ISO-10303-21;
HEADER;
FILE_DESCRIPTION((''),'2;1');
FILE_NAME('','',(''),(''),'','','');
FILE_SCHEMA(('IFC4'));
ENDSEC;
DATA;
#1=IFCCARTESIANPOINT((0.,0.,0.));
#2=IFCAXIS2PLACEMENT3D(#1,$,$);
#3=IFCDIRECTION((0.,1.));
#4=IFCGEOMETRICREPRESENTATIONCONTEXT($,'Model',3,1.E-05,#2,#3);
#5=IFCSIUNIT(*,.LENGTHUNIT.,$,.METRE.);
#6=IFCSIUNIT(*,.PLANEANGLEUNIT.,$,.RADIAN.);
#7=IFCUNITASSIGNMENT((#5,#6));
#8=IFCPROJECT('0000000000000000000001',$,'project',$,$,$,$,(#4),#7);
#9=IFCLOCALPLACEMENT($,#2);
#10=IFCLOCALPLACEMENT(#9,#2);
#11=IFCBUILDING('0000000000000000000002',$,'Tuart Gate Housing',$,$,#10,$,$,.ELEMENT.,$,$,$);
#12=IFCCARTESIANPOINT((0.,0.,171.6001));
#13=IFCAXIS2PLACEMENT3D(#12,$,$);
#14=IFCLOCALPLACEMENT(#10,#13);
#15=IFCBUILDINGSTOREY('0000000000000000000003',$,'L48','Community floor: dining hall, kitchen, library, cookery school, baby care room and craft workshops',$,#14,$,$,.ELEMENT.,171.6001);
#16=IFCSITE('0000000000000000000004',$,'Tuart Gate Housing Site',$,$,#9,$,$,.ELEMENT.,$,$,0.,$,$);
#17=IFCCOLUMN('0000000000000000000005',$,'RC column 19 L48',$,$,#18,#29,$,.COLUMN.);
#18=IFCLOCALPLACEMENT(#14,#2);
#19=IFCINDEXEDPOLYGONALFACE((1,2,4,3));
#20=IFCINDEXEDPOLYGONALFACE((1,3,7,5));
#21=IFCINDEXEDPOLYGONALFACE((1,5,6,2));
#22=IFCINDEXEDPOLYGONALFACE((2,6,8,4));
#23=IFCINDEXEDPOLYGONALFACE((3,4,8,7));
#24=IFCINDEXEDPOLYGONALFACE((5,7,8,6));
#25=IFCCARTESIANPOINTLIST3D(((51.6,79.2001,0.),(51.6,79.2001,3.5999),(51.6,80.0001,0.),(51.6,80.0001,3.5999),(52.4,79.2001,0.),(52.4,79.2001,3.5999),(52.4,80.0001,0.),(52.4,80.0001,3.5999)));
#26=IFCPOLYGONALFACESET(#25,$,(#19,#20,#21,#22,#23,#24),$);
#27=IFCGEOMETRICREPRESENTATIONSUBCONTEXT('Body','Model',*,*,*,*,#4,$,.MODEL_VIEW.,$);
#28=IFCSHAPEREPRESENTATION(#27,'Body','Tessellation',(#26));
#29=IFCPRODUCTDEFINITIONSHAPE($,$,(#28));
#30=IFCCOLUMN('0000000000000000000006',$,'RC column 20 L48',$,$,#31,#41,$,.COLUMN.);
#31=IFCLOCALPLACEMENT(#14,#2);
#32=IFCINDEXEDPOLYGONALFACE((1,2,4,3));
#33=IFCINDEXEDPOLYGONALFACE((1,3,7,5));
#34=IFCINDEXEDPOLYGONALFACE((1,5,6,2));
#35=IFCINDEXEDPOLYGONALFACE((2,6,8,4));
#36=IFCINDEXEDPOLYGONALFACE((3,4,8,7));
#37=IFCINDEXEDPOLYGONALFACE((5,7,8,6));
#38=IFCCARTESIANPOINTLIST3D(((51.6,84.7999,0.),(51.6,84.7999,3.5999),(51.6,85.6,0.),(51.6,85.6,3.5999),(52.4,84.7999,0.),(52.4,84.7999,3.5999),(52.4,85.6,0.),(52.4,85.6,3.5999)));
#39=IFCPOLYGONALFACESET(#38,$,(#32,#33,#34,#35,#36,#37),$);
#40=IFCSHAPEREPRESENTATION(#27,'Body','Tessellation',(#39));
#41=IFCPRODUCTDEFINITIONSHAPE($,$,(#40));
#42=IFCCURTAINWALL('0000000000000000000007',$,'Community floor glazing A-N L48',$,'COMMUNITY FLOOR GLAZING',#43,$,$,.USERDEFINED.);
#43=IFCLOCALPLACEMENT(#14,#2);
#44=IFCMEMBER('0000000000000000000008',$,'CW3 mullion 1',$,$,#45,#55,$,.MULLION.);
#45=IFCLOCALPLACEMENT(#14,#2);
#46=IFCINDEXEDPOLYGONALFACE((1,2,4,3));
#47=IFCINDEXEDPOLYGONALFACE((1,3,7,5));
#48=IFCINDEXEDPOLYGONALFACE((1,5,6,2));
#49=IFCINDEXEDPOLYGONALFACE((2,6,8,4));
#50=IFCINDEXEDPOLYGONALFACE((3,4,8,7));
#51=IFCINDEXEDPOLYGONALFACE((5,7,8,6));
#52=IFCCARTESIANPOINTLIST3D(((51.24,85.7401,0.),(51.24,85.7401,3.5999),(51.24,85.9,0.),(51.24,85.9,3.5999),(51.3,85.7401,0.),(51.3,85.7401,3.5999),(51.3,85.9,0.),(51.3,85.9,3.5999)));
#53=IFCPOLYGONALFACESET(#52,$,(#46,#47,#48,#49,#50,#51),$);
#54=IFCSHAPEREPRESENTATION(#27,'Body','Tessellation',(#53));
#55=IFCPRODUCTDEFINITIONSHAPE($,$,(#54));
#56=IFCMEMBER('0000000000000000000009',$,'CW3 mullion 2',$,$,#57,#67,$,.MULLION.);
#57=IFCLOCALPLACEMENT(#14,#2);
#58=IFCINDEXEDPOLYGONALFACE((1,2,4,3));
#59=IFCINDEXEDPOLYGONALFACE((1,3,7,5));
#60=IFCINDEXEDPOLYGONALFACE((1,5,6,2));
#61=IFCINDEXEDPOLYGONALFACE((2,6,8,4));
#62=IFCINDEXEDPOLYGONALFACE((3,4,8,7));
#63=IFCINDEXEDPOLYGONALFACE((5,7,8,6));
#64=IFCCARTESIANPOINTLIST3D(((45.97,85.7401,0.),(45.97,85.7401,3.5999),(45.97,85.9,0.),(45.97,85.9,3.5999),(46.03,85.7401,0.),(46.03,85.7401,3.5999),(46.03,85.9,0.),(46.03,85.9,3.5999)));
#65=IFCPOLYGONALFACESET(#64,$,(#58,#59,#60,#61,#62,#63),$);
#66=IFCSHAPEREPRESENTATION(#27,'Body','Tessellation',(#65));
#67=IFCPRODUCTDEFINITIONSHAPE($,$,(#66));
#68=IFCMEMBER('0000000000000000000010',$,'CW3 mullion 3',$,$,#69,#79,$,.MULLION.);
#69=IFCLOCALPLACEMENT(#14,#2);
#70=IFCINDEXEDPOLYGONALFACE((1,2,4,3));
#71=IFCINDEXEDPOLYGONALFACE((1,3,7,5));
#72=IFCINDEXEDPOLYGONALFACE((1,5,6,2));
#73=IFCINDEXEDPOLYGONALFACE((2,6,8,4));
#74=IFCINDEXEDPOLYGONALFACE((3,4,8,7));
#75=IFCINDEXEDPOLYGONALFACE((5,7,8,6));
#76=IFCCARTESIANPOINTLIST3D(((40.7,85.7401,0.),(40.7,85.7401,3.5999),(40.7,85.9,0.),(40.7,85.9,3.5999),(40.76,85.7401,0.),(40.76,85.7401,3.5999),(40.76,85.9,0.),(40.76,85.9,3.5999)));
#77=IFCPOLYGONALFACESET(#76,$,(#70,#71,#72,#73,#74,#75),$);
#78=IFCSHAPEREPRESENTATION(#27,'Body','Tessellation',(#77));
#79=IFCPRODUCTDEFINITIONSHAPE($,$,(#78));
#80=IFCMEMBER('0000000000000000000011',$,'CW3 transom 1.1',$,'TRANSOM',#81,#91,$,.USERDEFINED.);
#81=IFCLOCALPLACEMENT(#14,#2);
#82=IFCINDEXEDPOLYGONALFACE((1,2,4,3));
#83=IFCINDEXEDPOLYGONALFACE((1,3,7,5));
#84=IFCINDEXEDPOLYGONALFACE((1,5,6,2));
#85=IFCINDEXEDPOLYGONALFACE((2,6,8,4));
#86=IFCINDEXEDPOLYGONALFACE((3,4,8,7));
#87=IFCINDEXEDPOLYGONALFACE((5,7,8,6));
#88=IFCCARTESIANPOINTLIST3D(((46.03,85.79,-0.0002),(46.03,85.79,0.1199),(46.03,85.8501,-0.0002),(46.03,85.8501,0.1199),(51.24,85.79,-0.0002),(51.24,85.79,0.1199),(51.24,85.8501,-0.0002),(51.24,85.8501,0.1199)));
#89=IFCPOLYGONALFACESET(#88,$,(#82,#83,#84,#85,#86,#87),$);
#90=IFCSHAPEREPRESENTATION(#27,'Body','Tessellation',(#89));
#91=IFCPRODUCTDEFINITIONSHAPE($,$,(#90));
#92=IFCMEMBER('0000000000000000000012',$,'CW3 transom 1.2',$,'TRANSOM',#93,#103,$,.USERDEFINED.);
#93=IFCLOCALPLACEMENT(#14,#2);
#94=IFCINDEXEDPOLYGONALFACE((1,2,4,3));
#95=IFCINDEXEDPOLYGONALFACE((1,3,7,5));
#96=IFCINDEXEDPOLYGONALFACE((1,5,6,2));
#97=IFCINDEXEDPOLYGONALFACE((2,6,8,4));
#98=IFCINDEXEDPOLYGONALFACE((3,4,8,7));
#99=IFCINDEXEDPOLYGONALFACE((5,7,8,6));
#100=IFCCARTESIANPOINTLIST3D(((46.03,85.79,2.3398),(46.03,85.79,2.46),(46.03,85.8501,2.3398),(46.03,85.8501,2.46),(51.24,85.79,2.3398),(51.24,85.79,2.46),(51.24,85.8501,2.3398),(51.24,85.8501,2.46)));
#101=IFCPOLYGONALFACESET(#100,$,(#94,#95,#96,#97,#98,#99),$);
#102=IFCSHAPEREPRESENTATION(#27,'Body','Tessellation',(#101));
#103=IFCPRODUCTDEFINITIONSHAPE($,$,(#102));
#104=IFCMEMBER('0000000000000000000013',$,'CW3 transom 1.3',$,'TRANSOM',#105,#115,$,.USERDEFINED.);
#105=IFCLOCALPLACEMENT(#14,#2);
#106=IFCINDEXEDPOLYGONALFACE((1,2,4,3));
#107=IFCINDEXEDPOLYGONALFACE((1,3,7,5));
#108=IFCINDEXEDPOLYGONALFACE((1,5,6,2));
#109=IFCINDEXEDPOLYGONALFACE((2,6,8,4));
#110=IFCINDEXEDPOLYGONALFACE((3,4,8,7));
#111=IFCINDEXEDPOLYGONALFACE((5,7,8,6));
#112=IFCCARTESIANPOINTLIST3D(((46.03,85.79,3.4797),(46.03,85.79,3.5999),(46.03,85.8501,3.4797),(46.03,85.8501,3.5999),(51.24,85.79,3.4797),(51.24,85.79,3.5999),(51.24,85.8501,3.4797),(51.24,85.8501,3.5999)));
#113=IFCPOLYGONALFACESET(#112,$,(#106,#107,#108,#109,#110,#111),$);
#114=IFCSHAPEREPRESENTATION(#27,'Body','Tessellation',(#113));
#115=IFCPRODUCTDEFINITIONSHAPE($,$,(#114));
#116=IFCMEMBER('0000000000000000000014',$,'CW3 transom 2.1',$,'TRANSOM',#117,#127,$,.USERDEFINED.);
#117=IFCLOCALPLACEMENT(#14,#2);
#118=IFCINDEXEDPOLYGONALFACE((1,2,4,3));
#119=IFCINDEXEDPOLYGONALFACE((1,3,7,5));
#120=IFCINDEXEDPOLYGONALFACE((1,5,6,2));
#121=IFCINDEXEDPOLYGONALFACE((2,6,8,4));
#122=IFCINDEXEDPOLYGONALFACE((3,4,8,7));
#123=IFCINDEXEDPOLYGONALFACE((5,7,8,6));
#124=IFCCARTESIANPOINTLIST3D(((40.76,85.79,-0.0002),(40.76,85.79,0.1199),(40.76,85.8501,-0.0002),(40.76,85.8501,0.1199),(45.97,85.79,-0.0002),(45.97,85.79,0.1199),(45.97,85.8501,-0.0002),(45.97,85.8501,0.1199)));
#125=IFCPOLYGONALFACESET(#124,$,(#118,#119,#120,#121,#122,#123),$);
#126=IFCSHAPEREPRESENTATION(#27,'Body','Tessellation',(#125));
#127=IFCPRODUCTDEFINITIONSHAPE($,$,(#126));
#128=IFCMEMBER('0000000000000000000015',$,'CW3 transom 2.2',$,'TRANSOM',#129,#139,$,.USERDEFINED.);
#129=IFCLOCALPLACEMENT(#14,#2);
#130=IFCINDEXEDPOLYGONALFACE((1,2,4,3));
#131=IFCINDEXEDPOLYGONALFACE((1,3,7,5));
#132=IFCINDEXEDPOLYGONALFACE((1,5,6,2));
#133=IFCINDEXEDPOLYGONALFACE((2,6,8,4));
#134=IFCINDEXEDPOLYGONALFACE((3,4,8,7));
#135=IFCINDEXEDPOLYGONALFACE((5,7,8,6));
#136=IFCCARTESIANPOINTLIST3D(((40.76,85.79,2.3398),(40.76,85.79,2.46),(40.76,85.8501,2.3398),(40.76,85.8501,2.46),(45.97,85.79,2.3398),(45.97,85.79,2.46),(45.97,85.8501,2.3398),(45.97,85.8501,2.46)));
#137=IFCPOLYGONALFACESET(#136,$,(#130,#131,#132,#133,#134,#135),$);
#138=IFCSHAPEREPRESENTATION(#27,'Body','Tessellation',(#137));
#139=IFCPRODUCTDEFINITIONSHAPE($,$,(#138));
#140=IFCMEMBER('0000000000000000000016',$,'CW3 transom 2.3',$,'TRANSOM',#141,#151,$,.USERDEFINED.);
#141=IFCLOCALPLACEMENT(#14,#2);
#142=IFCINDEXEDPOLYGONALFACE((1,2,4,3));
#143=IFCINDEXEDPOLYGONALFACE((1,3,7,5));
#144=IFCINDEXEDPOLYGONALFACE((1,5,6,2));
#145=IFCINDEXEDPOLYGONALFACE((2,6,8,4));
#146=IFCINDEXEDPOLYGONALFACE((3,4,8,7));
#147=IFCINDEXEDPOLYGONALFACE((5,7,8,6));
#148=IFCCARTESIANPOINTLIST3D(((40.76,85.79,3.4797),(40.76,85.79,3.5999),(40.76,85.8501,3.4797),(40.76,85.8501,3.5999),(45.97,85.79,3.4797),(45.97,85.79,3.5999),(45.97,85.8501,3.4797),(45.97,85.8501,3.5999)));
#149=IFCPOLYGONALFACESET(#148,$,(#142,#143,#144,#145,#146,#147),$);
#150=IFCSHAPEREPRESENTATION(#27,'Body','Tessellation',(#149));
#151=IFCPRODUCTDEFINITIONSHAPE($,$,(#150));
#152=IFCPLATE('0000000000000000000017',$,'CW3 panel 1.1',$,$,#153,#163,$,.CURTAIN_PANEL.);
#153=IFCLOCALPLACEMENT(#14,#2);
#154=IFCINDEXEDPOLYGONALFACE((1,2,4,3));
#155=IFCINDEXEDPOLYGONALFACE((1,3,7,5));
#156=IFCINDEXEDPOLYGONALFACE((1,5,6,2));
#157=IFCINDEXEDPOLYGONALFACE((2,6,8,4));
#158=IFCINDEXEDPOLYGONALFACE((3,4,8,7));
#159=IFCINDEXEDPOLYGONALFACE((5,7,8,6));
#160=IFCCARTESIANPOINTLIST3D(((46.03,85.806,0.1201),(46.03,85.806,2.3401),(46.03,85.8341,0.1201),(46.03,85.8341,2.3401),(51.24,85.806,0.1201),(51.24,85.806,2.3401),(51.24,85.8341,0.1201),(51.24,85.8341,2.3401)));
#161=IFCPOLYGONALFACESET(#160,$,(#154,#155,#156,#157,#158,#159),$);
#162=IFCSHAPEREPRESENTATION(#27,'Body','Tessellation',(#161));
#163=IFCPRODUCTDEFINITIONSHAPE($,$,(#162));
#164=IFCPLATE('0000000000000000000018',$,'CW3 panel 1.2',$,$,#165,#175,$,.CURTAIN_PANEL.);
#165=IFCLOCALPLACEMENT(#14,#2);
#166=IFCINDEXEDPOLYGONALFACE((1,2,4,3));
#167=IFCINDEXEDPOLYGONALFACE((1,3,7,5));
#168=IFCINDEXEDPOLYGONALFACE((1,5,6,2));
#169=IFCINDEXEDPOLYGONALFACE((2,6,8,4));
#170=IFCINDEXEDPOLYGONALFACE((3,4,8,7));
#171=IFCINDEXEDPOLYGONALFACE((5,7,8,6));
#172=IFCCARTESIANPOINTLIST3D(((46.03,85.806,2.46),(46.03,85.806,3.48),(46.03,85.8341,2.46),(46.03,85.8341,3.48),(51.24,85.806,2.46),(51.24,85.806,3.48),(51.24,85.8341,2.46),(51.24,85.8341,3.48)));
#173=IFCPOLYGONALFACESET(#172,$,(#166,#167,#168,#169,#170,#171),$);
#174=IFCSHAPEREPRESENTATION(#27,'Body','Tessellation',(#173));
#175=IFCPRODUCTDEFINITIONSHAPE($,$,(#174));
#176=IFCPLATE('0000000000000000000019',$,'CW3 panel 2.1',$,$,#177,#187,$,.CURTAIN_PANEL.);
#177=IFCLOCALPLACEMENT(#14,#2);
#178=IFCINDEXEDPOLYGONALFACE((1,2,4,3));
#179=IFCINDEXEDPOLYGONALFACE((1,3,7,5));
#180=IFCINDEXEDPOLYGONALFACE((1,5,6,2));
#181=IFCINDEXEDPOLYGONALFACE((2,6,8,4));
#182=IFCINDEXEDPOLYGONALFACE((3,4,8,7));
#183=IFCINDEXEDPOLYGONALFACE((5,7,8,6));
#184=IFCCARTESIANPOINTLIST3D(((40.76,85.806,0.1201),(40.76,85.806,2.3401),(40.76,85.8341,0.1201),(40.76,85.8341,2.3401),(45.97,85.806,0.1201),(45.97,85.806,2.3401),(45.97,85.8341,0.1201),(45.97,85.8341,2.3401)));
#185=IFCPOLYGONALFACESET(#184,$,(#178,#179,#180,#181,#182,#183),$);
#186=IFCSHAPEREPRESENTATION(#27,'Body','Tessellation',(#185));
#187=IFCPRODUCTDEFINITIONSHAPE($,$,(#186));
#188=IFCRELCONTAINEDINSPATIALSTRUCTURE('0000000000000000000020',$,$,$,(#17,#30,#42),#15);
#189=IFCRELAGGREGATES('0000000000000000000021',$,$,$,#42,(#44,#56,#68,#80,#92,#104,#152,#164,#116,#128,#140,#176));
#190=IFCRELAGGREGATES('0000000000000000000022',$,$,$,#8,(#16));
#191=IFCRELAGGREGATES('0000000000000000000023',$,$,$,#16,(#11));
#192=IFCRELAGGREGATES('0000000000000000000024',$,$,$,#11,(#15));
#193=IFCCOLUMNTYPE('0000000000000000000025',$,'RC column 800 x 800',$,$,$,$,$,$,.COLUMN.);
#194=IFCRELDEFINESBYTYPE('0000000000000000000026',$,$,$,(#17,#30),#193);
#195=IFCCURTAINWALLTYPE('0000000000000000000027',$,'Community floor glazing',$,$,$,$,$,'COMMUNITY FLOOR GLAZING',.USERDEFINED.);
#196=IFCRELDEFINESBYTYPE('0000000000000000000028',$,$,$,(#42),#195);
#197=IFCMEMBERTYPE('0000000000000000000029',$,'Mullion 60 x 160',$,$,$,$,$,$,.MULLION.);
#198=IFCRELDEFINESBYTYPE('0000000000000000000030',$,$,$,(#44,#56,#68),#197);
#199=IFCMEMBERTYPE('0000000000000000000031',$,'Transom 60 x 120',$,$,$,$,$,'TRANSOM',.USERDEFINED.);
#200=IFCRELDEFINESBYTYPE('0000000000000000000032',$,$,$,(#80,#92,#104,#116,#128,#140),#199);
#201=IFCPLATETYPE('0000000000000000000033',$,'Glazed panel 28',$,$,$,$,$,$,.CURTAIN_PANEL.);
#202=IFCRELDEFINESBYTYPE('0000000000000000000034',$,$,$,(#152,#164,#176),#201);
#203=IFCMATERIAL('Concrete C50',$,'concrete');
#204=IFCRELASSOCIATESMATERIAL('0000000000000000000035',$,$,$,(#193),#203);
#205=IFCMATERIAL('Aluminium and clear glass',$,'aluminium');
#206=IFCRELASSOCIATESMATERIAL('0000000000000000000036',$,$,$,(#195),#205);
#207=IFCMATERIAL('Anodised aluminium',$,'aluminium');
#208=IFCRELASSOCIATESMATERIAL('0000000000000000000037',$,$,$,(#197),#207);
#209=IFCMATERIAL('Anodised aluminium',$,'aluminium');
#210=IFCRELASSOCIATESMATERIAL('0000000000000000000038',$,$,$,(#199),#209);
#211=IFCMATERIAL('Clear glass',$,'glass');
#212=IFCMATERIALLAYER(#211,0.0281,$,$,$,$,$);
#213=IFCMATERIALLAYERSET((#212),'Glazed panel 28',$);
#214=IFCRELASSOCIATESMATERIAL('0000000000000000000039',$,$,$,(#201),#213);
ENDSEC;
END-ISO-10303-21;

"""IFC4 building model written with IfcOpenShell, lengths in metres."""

from ifc_helpers import new_model, si_unit, direction, frame, origin, origin_2d, place, context, subcontext, project, spatial, rectangle, extrude, material, layer, layer_set, material_profile, profile_set, type_object, element, aggregate, save


model = new_model("IFC4")

# Units and contexts
model_context = context("Model", 3, precision=1e-05, world=origin(), true_north=direction((0.0, 1.0)))
body_context = subcontext(model_context, "Body", "Model", "MODEL_VIEW")
ifc_project = project(units=[si_unit("LENGTHUNIT", "METRE"), si_unit("PLANEANGLEUNIT", "RADIAN")], contexts=[model_context])

# Site, building, storey
site_placement = place(None, origin())
site = spatial("IfcSite", under=ifc_project, at=site_placement, Name="Tuart Gate Housing Site", CompositionType="ELEMENT", RefElevation=0.0)
building_placement = place(site_placement, origin())
building = spatial("IfcBuilding", under=site, at=building_placement, Name="Tuart Gate Housing", CompositionType="ELEMENT")
storey_placement = place(building_placement, frame((0.0, 0.0, 171.6001)))
storey = spatial("IfcBuildingStorey", under=building, at=storey_placement, Name="L48", Description="Community floor: dining hall, kitchen, library, cookery school, baby care room and craft workshops", CompositionType="ELEMENT", Elevation=171.6001)

# Columns
ifc_material_1 = material(Name="Concrete C50", Category="concrete")
ifc_material_profile_1 = material_profile(ifc_material_1, rectangle(XDim=0.8, YDim=0.8, at=origin_2d()), Name="RC column 800 x 800")
ifc_profile_set_1 = profile_set([ifc_material_profile_1], Name="Concrete C50")
column_type = type_object("IfcColumnType", Name="RC column 800 x 800", PredefinedType="COLUMN", material=ifc_profile_set_1)
for number, where, z_axis, x_axis, name in (
    (1, (52.0, 79.6001, 0.0), (0.0, 0.0, 1.0), (1.0, 0.0, 0.0), "RC column 19 L48"),
    (2, (52.0, 85.2, 0.0), (0.0, 0.0, 1.0), (1.0, 0.0, 0.0), "RC column 20 L48"),
):
    element("IfcColumn", number, at=place(storey_placement, frame(where, z_axis=z_axis, x_axis=x_axis)), inside=storey, type_object=column_type, Name=name, PredefinedType="COLUMN", context=body_context, shape_type="SweptSolid", body=[
        extrude(rectangle(XDim=0.8, YDim=0.8, at=origin_2d()), origin(), (0.0, 0.0, 1.0), 3.5999),
    ])

# Curtain wall, members, plates
ifc_material_2 = material(Name="Aluminium and clear glass", Category="aluminium")
curtain_wall_type = type_object("IfcCurtainWallType", Name="Community floor glazing", ElementType="COMMUNITY FLOOR GLAZING", PredefinedType="USERDEFINED", material=ifc_material_2)
curtain_wall_placement = place(storey_placement, origin())
curtain_wall = element("IfcCurtainWall", 3, at=curtain_wall_placement, inside=storey, type_object=curtain_wall_type, Name="Community floor glazing A-N L48", ObjectType="COMMUNITY FLOOR GLAZING", PredefinedType="USERDEFINED")
ifc_material_3 = material(Name="Anodised aluminium", Category="aluminium")
ifc_material_profile_2 = material_profile(ifc_material_3, rectangle(XDim=0.0601, YDim=0.1599, at=origin_2d()), Name="60x160")
ifc_profile_set_2 = profile_set([ifc_material_profile_2], Name="Anodised aluminium")
member_type_1 = type_object("IfcMemberType", Name="Mullion 60 x 160", PredefinedType="MULLION", material=ifc_profile_set_2)
member_1_placement = place(storey_placement, frame((51.27, 85.8201, 0.0), z_axis=(0.0, 0.0, 1.0), x_axis=(-1.0, 0.0, 0.0)))
member_1 = element("IfcMember", 4, at=member_1_placement, type_object=member_type_1, Name="CW3 mullion 1", PredefinedType="MULLION", context=body_context, shape_type="SweptSolid", body=[
    extrude(rectangle(XDim=0.0601, YDim=0.1599, at=origin_2d()), origin(), (0.0, 0.0, 1.0), 3.5999),
])
member_2_placement = place(storey_placement, frame((46.0, 85.8201, 0.0), z_axis=(0.0, 0.0, 1.0), x_axis=(-1.0, 0.0, 0.0)))
member_2 = element("IfcMember", 5, at=member_2_placement, type_object=member_type_1, Name="CW3 mullion 2", PredefinedType="MULLION", context=body_context, shape_type="SweptSolid", body=[
    extrude(rectangle(XDim=0.0601, YDim=0.1599, at=origin_2d()), origin(), (0.0, 0.0, 1.0), 3.5999),
])
member_3_placement = place(storey_placement, frame((40.73, 85.8201, 0.0), z_axis=(0.0, 0.0, 1.0), x_axis=(-1.0, 0.0, 0.0)))
member_3 = element("IfcMember", 6, at=member_3_placement, type_object=member_type_1, Name="CW3 mullion 3", PredefinedType="MULLION", context=body_context, shape_type="SweptSolid", body=[
    extrude(rectangle(XDim=0.0601, YDim=0.1599, at=origin_2d()), origin(), (0.0, 0.0, 1.0), 3.5999),
])
ifc_material_4 = material(Name="Anodised aluminium", Category="aluminium")
ifc_material_profile_3 = material_profile(ifc_material_4, rectangle(XDim=0.0601, YDim=0.1201, at=origin_2d()), Name="60x120")
ifc_profile_set_3 = profile_set([ifc_material_profile_3], Name="Anodised aluminium")
member_type_2 = type_object("IfcMemberType", Name="Transom 60 x 120", ElementType="TRANSOM", PredefinedType="USERDEFINED", material=ifc_profile_set_3)
member_4_placement = place(storey_placement, frame((51.24, 85.8201, 0.0598), z_axis=(-1.0, 0.0, 0.0), x_axis=(0.0, -1.0, 0.0)))
member_4 = element("IfcMember", 7, at=member_4_placement, type_object=member_type_2, Name="CW3 transom 1.1", ObjectType="TRANSOM", PredefinedType="USERDEFINED", context=body_context, shape_type="SweptSolid", body=[
    extrude(rectangle(XDim=0.0601, YDim=0.1201, at=origin_2d()), origin(), (0.0, 0.0, 1.0), 5.21),
])
member_5_placement = place(storey_placement, frame((51.24, 85.8201, 2.3999), z_axis=(-1.0, 0.0, 0.0), x_axis=(0.0, -1.0, 0.0)))
member_5 = element("IfcMember", 8, at=member_5_placement, type_object=member_type_2, Name="CW3 transom 1.2", ObjectType="TRANSOM", PredefinedType="USERDEFINED", context=body_context, shape_type="SweptSolid", body=[
    extrude(rectangle(XDim=0.0601, YDim=0.1201, at=origin_2d()), origin(), (0.0, 0.0, 1.0), 5.21),
])
member_6_placement = place(storey_placement, frame((51.24, 85.8201, 3.5398), z_axis=(-1.0, 0.0, 0.0), x_axis=(0.0, -1.0, 0.0)))
member_6 = element("IfcMember", 9, at=member_6_placement, type_object=member_type_2, Name="CW3 transom 1.3", ObjectType="TRANSOM", PredefinedType="USERDEFINED", context=body_context, shape_type="SweptSolid", body=[
    extrude(rectangle(XDim=0.0601, YDim=0.1201, at=origin_2d()), origin(), (0.0, 0.0, 1.0), 5.21),
])
member_7_placement = place(storey_placement, frame((45.97, 85.8201, 0.0598), z_axis=(-1.0, 0.0, 0.0), x_axis=(0.0, -1.0, 0.0)))
member_7 = element("IfcMember", 10, at=member_7_placement, type_object=member_type_2, Name="CW3 transom 2.1", ObjectType="TRANSOM", PredefinedType="USERDEFINED", context=body_context, shape_type="SweptSolid", body=[
    extrude(rectangle(XDim=0.0601, YDim=0.1201, at=origin_2d()), origin(), (0.0, 0.0, 1.0), 5.21),
])
member_8_placement = place(storey_placement, frame((45.97, 85.8201, 2.3999), z_axis=(-1.0, 0.0, 0.0), x_axis=(0.0, -1.0, 0.0)))
member_8 = element("IfcMember", 11, at=member_8_placement, type_object=member_type_2, Name="CW3 transom 2.2", ObjectType="TRANSOM", PredefinedType="USERDEFINED", context=body_context, shape_type="SweptSolid", body=[
    extrude(rectangle(XDim=0.0601, YDim=0.1201, at=origin_2d()), origin(), (0.0, 0.0, 1.0), 5.21),
])
member_9_placement = place(storey_placement, frame((45.97, 85.8201, 3.5398), z_axis=(-1.0, 0.0, 0.0), x_axis=(0.0, -1.0, 0.0)))
member_9 = element("IfcMember", 12, at=member_9_placement, type_object=member_type_2, Name="CW3 transom 2.3", ObjectType="TRANSOM", PredefinedType="USERDEFINED", context=body_context, shape_type="SweptSolid", body=[
    extrude(rectangle(XDim=0.0601, YDim=0.1201, at=origin_2d()), origin(), (0.0, 0.0, 1.0), 5.21),
])
ifc_material_5 = material(Name="Clear glass", Category="glass")
ifc_layer_1 = layer(ifc_material_5, 0.0281)
ifc_layer_set_1 = layer_set([ifc_layer_1], Name="Glazed panel 28")
plate_type = type_object("IfcPlateType", Name="Glazed panel 28", PredefinedType="CURTAIN_PANEL", material=ifc_layer_set_1)
plate_1_placement = place(storey_placement, frame((48.635, 85.8201, 0.1201), z_axis=(0.0, 0.0, 1.0), x_axis=(-1.0, 0.0, 0.0)))
plate_1 = element("IfcPlate", 13, at=plate_1_placement, type_object=plate_type, Name="CW3 panel 1.1", PredefinedType="CURTAIN_PANEL", context=body_context, shape_type="SweptSolid", body=[
    extrude(rectangle(XDim=5.21, YDim=0.0281, at=origin_2d()), origin(), (0.0, 0.0, 1.0), 2.22),
])
plate_2_placement = place(storey_placement, frame((48.635, 85.8201, 2.46), z_axis=(0.0, 0.0, 1.0), x_axis=(-1.0, 0.0, 0.0)))
plate_2 = element("IfcPlate", 14, at=plate_2_placement, type_object=plate_type, Name="CW3 panel 1.2", PredefinedType="CURTAIN_PANEL", context=body_context, shape_type="SweptSolid", body=[
    extrude(rectangle(XDim=5.21, YDim=0.0281, at=origin_2d()), origin(), (0.0, 0.0, 1.0), 1.02),
])
plate_3_placement = place(storey_placement, frame((43.365, 85.8201, 0.1201), z_axis=(0.0, 0.0, 1.0), x_axis=(-1.0, 0.0, 0.0)))
plate_3 = element("IfcPlate", 15, at=plate_3_placement, type_object=plate_type, Name="CW3 panel 2.1", PredefinedType="CURTAIN_PANEL", context=body_context, shape_type="SweptSolid", body=[
    extrude(rectangle(XDim=5.21, YDim=0.0281, at=origin_2d()), origin(), (0.0, 0.0, 1.0), 2.22),
])
aggregate(curtain_wall, [member_1, member_2, member_3, member_4, member_5, member_6, plate_1, plate_2, member_7, member_8, member_9, plate_3])

save(model, "model.ifc")
